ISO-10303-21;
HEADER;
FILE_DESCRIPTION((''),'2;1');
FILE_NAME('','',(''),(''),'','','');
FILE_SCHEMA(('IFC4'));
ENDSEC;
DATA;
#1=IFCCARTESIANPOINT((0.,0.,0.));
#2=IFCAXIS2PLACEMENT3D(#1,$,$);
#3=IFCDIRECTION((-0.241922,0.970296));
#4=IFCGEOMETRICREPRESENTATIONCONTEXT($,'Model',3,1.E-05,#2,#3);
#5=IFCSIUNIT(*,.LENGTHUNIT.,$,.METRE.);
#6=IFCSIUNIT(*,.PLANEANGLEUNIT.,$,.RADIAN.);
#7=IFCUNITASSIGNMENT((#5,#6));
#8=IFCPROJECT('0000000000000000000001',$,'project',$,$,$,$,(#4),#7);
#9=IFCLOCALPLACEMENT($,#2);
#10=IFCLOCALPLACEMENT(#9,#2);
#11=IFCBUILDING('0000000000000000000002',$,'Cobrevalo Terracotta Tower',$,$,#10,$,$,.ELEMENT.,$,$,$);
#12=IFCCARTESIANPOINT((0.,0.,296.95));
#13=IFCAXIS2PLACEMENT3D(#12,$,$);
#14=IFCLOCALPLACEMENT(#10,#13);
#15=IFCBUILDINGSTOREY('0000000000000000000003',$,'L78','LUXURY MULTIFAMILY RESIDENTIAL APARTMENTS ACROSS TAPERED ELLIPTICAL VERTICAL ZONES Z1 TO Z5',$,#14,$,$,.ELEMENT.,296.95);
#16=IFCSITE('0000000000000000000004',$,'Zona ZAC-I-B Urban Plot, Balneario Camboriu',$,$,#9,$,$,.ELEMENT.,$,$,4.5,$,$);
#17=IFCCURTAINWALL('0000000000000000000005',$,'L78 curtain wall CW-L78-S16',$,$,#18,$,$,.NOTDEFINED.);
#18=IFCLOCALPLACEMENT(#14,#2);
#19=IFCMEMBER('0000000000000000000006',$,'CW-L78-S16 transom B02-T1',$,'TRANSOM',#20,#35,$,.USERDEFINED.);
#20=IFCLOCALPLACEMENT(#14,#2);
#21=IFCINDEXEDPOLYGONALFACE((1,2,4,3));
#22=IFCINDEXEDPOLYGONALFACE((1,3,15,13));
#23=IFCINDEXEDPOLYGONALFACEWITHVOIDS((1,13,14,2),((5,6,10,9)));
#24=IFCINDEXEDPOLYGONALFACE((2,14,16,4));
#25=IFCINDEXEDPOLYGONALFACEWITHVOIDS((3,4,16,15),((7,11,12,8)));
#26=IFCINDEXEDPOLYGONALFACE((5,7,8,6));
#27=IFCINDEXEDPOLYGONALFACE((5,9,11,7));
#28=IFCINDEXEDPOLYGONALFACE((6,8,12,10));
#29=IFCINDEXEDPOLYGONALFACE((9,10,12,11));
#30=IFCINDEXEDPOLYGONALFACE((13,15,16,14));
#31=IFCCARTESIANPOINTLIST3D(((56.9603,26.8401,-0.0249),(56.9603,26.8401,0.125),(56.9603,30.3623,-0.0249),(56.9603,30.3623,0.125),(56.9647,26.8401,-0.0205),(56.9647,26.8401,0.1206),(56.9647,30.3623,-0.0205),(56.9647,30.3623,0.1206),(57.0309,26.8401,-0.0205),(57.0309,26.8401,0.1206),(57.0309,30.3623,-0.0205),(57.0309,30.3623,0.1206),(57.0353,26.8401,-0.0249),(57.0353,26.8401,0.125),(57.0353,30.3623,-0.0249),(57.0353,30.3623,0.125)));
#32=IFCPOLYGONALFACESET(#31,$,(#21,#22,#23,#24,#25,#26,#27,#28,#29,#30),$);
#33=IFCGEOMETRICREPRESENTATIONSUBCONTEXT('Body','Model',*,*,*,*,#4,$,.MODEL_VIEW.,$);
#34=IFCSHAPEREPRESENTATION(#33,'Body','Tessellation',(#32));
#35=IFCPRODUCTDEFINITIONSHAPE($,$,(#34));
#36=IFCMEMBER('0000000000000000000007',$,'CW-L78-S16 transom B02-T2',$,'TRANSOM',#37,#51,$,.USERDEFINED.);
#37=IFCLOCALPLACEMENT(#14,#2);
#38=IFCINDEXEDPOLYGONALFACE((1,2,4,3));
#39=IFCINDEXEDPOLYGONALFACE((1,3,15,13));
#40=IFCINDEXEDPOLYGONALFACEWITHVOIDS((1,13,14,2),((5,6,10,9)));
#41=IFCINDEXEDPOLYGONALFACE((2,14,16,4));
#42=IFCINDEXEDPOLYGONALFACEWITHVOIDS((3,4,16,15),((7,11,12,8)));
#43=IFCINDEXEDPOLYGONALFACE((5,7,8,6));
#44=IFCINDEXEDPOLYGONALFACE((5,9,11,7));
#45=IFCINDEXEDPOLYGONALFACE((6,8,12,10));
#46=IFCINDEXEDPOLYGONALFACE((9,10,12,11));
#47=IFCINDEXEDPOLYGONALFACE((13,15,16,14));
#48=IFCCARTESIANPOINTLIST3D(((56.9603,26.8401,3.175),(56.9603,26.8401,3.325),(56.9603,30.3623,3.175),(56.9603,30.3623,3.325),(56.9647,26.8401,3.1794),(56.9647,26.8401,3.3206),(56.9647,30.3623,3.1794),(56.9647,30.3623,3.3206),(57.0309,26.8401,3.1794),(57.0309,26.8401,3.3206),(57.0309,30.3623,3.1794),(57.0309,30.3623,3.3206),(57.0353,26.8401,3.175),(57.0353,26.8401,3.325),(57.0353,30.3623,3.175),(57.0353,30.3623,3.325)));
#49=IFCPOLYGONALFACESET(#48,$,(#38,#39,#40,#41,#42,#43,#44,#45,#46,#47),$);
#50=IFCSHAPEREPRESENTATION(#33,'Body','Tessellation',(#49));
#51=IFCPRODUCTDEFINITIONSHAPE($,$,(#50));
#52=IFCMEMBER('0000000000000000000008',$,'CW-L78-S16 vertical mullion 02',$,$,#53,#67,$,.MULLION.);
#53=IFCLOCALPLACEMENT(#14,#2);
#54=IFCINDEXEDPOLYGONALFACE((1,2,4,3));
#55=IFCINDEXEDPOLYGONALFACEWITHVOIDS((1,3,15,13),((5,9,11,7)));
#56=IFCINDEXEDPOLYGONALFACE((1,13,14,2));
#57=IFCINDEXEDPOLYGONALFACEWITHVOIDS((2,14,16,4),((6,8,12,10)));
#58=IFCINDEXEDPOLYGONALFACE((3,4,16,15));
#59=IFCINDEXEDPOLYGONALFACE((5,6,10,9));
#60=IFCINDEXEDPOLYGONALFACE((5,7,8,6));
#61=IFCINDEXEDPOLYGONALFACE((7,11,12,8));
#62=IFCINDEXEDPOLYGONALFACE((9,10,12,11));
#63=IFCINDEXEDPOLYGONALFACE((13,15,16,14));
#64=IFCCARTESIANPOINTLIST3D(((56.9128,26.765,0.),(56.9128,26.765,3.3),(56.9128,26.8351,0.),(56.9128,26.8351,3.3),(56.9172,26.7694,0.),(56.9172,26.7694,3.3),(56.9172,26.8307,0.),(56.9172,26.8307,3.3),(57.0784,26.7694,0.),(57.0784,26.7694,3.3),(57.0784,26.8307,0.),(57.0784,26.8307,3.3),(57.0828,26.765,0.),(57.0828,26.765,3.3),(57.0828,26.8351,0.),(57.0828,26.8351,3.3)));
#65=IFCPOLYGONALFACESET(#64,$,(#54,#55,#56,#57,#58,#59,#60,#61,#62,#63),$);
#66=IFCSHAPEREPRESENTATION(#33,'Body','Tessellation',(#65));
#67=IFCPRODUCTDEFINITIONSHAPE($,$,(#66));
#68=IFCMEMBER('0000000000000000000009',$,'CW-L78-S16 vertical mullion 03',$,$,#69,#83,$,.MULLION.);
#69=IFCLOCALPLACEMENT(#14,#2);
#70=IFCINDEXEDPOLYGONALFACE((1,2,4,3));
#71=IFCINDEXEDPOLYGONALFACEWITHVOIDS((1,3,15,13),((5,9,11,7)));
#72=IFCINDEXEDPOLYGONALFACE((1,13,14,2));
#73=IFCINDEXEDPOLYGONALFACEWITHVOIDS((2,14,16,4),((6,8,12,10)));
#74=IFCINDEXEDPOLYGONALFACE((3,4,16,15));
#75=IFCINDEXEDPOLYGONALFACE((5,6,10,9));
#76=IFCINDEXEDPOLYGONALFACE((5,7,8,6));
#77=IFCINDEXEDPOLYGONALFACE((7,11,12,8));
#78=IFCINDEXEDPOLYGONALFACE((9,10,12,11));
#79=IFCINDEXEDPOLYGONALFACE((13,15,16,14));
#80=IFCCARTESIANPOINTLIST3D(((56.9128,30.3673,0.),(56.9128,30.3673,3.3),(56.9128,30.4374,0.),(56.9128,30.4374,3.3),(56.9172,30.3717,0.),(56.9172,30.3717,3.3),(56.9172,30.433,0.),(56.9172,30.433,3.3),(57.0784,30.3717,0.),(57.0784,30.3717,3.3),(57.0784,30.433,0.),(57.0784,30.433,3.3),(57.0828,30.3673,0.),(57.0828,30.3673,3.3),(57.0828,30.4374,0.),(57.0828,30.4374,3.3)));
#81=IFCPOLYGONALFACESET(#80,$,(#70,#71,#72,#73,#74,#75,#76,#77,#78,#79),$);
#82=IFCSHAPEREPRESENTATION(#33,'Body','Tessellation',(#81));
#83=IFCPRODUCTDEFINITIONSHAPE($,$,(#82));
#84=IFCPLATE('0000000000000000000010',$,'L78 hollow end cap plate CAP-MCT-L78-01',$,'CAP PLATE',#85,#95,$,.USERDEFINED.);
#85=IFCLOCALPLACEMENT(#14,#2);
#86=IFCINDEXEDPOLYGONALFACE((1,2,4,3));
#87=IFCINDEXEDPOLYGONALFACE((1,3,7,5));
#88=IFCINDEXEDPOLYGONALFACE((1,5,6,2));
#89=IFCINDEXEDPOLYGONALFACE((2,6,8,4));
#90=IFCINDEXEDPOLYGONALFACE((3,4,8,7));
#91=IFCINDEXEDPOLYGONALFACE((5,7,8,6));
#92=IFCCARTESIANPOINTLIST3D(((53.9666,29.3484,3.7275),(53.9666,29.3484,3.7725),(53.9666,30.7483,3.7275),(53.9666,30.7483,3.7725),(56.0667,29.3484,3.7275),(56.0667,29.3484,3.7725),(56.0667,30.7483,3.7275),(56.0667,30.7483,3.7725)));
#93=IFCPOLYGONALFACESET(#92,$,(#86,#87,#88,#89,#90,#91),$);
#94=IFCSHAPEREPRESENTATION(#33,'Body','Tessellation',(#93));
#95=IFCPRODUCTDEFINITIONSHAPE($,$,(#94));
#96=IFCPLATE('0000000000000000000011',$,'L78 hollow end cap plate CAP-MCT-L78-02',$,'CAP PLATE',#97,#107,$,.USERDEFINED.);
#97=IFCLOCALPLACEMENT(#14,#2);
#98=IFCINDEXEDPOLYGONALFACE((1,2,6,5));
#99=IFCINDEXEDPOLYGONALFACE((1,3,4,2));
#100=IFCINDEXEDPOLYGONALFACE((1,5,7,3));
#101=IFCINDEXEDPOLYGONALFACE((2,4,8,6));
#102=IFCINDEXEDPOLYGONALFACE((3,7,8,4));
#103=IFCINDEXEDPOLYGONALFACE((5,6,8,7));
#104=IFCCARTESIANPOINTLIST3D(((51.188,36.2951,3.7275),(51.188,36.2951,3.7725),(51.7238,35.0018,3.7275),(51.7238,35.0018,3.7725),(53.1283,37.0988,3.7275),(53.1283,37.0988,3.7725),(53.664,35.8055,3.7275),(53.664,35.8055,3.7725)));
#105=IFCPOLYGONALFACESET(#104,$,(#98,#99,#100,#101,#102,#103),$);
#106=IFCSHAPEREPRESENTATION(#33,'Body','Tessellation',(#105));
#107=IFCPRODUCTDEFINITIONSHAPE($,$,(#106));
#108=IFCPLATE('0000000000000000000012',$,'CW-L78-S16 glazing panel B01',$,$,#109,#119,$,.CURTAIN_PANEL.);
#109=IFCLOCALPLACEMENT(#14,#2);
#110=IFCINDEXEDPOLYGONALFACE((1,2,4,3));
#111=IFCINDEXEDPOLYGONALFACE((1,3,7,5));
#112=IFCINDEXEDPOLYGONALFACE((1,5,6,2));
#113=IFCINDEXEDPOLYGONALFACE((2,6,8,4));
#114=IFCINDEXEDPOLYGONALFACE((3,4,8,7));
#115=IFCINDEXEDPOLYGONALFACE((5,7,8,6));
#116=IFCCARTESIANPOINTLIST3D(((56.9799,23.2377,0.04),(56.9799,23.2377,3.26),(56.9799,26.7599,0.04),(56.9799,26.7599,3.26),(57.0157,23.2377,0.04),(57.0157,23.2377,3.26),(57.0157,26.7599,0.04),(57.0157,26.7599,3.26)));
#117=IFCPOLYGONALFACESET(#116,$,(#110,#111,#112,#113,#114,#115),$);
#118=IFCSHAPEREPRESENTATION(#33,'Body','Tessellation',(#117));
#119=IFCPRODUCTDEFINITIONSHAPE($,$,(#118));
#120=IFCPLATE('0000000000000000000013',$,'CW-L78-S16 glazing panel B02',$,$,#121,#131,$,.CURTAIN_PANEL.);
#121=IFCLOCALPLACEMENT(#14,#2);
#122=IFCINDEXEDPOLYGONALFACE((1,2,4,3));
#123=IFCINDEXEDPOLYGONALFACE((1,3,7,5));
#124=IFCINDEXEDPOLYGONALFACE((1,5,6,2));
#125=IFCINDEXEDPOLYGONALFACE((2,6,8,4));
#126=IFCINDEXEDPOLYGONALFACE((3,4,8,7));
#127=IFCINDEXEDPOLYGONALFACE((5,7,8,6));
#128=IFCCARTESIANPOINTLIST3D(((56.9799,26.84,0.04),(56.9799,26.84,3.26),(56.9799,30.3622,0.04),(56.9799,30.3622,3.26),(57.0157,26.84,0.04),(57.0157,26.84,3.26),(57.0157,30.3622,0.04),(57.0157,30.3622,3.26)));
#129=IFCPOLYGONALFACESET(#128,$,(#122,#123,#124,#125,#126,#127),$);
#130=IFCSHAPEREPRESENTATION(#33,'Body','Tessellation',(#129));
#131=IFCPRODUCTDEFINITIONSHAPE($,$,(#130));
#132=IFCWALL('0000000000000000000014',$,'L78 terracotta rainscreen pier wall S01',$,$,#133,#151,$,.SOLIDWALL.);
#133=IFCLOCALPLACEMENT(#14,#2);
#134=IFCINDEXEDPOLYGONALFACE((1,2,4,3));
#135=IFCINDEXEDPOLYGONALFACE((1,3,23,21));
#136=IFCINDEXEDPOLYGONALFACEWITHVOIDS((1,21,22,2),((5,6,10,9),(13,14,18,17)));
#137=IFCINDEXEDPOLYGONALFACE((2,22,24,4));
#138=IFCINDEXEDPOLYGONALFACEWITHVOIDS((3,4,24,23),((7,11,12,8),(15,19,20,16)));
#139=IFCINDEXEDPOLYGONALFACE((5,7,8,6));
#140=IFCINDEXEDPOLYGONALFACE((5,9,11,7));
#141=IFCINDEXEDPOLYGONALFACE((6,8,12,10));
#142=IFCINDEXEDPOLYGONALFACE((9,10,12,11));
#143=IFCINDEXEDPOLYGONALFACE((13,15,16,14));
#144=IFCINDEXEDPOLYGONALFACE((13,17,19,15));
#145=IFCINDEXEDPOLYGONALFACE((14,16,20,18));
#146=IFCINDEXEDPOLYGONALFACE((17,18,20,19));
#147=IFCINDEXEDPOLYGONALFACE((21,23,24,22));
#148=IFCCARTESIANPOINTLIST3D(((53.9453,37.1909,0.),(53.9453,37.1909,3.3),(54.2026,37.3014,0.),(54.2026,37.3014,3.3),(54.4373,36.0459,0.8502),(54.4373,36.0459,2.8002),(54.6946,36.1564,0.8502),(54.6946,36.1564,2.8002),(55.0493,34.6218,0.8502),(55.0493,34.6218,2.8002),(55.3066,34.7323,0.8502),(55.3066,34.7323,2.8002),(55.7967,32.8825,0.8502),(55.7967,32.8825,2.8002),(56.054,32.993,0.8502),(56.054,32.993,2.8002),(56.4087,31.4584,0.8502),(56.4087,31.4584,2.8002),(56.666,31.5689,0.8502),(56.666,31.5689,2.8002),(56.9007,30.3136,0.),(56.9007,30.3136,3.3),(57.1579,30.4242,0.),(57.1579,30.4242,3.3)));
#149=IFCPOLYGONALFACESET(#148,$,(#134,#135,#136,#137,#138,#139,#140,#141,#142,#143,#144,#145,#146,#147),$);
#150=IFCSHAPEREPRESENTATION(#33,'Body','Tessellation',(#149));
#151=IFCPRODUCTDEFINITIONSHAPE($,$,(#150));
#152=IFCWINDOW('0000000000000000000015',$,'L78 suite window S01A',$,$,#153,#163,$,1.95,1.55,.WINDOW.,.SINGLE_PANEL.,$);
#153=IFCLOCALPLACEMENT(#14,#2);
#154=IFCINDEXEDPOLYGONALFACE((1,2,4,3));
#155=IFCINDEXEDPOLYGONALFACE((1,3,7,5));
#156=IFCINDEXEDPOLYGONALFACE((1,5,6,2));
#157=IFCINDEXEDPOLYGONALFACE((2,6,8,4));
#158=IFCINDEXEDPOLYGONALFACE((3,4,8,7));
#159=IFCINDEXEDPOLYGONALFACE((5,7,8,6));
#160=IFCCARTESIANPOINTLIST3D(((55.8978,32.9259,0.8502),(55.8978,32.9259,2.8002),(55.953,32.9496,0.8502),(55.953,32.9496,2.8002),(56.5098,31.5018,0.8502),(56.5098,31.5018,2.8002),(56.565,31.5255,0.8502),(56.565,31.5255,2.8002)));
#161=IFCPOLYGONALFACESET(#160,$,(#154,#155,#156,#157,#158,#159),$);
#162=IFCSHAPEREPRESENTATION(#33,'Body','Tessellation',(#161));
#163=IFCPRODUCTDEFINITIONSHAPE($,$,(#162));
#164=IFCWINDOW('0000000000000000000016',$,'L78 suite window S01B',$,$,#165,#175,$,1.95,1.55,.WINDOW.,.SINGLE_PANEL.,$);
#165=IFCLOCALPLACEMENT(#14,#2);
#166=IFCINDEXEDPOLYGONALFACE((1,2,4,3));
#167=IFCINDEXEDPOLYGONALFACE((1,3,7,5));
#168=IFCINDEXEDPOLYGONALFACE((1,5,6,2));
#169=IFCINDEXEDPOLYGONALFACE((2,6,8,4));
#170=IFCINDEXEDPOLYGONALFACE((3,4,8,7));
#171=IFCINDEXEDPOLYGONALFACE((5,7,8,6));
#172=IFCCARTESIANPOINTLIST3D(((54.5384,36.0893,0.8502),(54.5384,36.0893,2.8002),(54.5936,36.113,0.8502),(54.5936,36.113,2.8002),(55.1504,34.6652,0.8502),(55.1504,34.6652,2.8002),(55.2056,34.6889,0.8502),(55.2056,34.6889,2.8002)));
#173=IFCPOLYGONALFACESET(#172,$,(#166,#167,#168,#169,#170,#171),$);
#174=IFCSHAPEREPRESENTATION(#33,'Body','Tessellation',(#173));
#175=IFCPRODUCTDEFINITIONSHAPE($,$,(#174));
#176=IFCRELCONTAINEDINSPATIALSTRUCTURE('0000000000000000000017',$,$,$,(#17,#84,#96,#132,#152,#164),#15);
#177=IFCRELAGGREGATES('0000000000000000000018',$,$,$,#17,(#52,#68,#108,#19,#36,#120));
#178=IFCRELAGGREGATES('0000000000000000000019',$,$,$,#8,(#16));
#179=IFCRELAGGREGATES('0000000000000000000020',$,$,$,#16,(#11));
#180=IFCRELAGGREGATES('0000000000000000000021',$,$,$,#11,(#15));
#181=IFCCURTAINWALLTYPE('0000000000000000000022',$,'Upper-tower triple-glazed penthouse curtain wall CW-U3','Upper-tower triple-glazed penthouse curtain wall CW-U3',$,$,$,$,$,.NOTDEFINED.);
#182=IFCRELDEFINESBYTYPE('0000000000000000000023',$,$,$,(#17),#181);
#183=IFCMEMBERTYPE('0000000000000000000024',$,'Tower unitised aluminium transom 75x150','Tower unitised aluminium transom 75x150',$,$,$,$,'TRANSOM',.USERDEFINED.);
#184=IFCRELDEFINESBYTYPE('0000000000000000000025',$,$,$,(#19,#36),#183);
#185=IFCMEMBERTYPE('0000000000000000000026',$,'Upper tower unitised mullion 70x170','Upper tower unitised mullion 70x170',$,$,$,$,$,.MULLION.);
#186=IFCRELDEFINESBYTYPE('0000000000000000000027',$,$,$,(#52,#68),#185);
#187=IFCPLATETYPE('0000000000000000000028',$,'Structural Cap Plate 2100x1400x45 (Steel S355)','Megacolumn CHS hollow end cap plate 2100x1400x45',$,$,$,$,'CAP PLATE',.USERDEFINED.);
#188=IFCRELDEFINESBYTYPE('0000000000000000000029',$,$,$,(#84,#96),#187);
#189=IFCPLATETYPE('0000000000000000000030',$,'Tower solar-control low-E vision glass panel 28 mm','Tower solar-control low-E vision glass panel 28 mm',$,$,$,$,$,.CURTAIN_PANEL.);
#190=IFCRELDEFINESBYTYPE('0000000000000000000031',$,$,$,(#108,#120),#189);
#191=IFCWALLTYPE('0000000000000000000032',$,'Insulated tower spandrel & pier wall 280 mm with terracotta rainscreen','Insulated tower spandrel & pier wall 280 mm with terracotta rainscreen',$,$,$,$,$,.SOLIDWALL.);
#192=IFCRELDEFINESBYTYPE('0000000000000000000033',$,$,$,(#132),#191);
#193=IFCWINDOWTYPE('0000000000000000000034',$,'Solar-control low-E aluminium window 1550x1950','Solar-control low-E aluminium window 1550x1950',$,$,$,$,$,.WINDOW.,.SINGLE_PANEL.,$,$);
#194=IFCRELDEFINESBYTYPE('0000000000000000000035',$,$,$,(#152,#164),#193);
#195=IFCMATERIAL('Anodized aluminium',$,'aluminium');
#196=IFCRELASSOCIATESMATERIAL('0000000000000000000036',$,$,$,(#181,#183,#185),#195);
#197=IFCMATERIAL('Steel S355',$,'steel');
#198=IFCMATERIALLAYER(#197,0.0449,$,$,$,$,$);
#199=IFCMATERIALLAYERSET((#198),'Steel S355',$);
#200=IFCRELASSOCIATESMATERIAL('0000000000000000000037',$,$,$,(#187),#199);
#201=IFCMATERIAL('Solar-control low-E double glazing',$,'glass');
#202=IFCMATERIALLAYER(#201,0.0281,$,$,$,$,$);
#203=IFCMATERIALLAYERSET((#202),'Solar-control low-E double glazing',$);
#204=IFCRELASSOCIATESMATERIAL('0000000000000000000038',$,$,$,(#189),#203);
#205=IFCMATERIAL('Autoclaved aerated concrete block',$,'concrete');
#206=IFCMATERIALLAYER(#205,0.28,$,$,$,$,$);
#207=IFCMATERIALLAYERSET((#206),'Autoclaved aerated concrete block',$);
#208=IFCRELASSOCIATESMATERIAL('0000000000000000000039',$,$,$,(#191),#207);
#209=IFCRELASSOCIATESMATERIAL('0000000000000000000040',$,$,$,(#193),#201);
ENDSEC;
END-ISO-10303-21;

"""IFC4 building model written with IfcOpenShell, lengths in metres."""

from ifc_helpers import new_model, si_unit, direction, frame, frame_2d, origin, origin_2d, place, context, subcontext, project, spatial, rectangle, hollow_rectangle, extrude, source, transform, mapped, material, layer, layer_set, material_profile, profile_set, type_object, element, fill, aggregate, save


model = new_model("IFC4")

# Units and contexts
model_context = context("Model", 3, precision=1e-05, world=origin(), true_north=direction((-0.241922, 0.970296)))
body_context = subcontext(model_context, "Body", "Model", "MODEL_VIEW")
ifc_project = project(units=[si_unit("LENGTHUNIT", "METRE"), si_unit("PLANEANGLEUNIT", "RADIAN")], contexts=[model_context])

# Site, building, storey
site_placement = place(None, origin())
site = spatial("IfcSite", under=ifc_project, at=site_placement, Name="Zona ZAC-I-B Urban Plot, Balneario Camboriu", CompositionType="ELEMENT", RefElevation=4.5)
building_placement = place(site_placement, origin())
building = spatial("IfcBuilding", under=site, at=building_placement, Name="Cobrevalo Terracotta Tower", CompositionType="ELEMENT")
storey_placement = place(building_placement, frame((0.0, 0.0, 296.95)))
storey = spatial("IfcBuildingStorey", under=building, at=storey_placement, Name="L78", Description="LUXURY MULTIFAMILY RESIDENTIAL APARTMENTS ACROSS TAPERED ELLIPTICAL VERTICAL ZONES Z1 TO Z5", CompositionType="ELEMENT", Elevation=296.95)

# Shared definitions
ifc_material_1 = material(Name="Steel S355", Category="steel")

# Curtain wall, members
ifc_material_2 = material(Name="Anodized aluminium", Category="aluminium")
curtain_wall_type = type_object("IfcCurtainWallType", Name="Upper-tower triple-glazed penthouse curtain wall CW-U3", Description="Upper-tower triple-glazed penthouse curtain wall CW-U3", PredefinedType="NOTDEFINED", material=ifc_material_2)
curtain_wall_placement = place(storey_placement, origin())
curtain_wall = element("IfcCurtainWall", 1, at=curtain_wall_placement, inside=storey, type_object=curtain_wall_type, Name="L78 curtain wall CW-L78-S16", PredefinedType="NOTDEFINED")
ifc_material_profile_1 = material_profile(ifc_material_2, hollow_rectangle(XDim=0.075, YDim=0.1499, WallThickness=0.0044, at=origin_2d()), Name="CWT 75x150")
ifc_profile_set_1 = profile_set([ifc_material_profile_1], Name="Anodized aluminium")
member_type_1 = type_object("IfcMemberType", Name="Tower unitised aluminium transom 75x150", Description="Tower unitised aluminium transom 75x150", ElementType="TRANSOM", PredefinedType="USERDEFINED", material=ifc_profile_set_1)
shared_shape_1 = source(origin(), body_context, "Body", "SweptSolid", [
    extrude(hollow_rectangle(XDim=0.075, YDim=0.1499, WallThickness=0.0044, at=origin_2d()), origin(), (0.0, 0.0, 1.0), 3.5222),
])
member_1_placement = place(storey_placement, frame((56.9978, 26.8401, 0.05), z_axis=(0.0, 1.0, 0.0), x_axis=(-1.0, 0.0, 0.0)))
member_1 = element("IfcMember", 2, at=member_1_placement, type_object=member_type_1, Name="CW-L78-S16 transom B02-T1", ObjectType="TRANSOM", PredefinedType="USERDEFINED", context=body_context, shape_type="MappedRepresentation", body=[
    mapped(shared_shape_1, transform((0.0, 0.0, 0.0), scale=1.0)),
])
member_2_placement = place(storey_placement, frame((56.9978, 26.8401, 3.25), z_axis=(0.0, 1.0, 0.0), x_axis=(-1.0, 0.0, 0.0)))
member_2 = element("IfcMember", 3, at=member_2_placement, type_object=member_type_1, Name="CW-L78-S16 transom B02-T2", ObjectType="TRANSOM", PredefinedType="USERDEFINED", context=body_context, shape_type="MappedRepresentation", body=[
    mapped(shared_shape_1, transform((0.0, 0.0, 0.0), scale=1.0)),
])
ifc_material_profile_2 = material_profile(ifc_material_2, hollow_rectangle(XDim=0.0701, YDim=0.1699, WallThickness=0.0044, at=origin_2d()), Name="CWM 70x170")
ifc_profile_set_2 = profile_set([ifc_material_profile_2], Name="Anodized aluminium")
member_type_2 = type_object("IfcMemberType", Name="Upper tower unitised mullion 70x170", Description="Upper tower unitised mullion 70x170", PredefinedType="MULLION", material=ifc_profile_set_2)
shared_shape_2 = source(origin(), body_context, "Body", "SweptSolid", [
    extrude(hollow_rectangle(XDim=0.0701, YDim=0.1699, WallThickness=0.0044, at=origin_2d()), origin(), (0.0, 0.0, 1.0), 3.3),
])
member_3_placement = place(storey_placement, frame((56.9978, 26.8, 0.0), z_axis=(0.0, 0.0, 1.0), x_axis=(0.0, 1.0, 0.0)))
member_3 = element("IfcMember", 4, at=member_3_placement, type_object=member_type_2, Name="CW-L78-S16 vertical mullion 02", PredefinedType="MULLION", context=body_context, shape_type="MappedRepresentation", body=[
    mapped(shared_shape_2, transform((0.0, 0.0, 0.0), scale=1.0)),
])
member_4_placement = place(storey_placement, frame((56.9978, 30.4023, 0.0), z_axis=(0.0, 0.0, 1.0), x_axis=(0.0, 1.0, 0.0)))
member_4 = element("IfcMember", 5, at=member_4_placement, type_object=member_type_2, Name="CW-L78-S16 vertical mullion 03", PredefinedType="MULLION", context=body_context, shape_type="MappedRepresentation", body=[
    mapped(shared_shape_2, transform((0.0, 0.0, 0.0), scale=1.0)),
])

# Plates
ifc_layer_1 = layer(ifc_material_1, 0.0449)
ifc_layer_set_1 = layer_set([ifc_layer_1], Name="Steel S355")
plate_type_1 = type_object("IfcPlateType", Name="Structural Cap Plate 2100x1400x45 (Steel S355)", Description="Megacolumn CHS hollow end cap plate 2100x1400x45", ElementType="CAP PLATE", PredefinedType="USERDEFINED", material=ifc_layer_set_1)
shared_shape_3 = source(origin(), body_context, "Body", "SweptSolid", [
    extrude(rectangle(XDim=2.1001, YDim=1.3999, at=origin_2d()), origin(), (0.0, 0.0, 1.0), 0.0449),
])
for number, where, z_axis, x_axis, name in (
    (6, (55.0166, 30.0483, 3.7275), (0.0, 0.0, 1.0), (1.0, 0.0, 0.0), "L78 hollow end cap plate CAP-MCT-L78-01"),
    (7, (52.426, 36.0503, 3.7275), (0.0, 0.0, 1.0), (0.92388, 0.382683, 0.0), "L78 hollow end cap plate CAP-MCT-L78-02"),
):
    element("IfcPlate", number, at=place(storey_placement, frame(where, z_axis=z_axis, x_axis=x_axis)), inside=storey, type_object=plate_type_1, Name=name, ObjectType="CAP PLATE", PredefinedType="USERDEFINED", context=body_context, shape_type="MappedRepresentation", body=[
        mapped(shared_shape_3, transform((0.0, 0.0, 0.0), scale=1.0)),
    ])

# Plates
ifc_material_3 = material(Name="Solar-control low-E double glazing", Category="glass")
ifc_layer_2 = layer(ifc_material_3, 0.0281)
ifc_layer_set_2 = layer_set([ifc_layer_2], Name="Solar-control low-E double glazing")
plate_type_2 = type_object("IfcPlateType", Name="Tower solar-control low-E vision glass panel 28 mm", Description="Tower solar-control low-E vision glass panel 28 mm", PredefinedType="CURTAIN_PANEL", material=ifc_layer_set_2)
shared_shape_4 = source(origin(), body_context, "Body", "SweptSolid", [
    extrude(rectangle(XDim=3.5222, YDim=0.0359, at=origin_2d()), origin(), (0.0, 0.0, 1.0), 3.22),
])
plate_1_placement = place(storey_placement, frame((56.9978, 24.9988, 0.04), z_axis=(0.0, 0.0, 1.0), x_axis=(0.0, 1.0, 0.0)))
plate_1 = element("IfcPlate", 8, at=plate_1_placement, type_object=plate_type_2, Name="CW-L78-S16 glazing panel B01", PredefinedType="CURTAIN_PANEL", context=body_context, shape_type="MappedRepresentation", body=[
    mapped(shared_shape_4, transform((0.0, 0.0, 0.0), scale=1.0)),
])
plate_2_placement = place(storey_placement, frame((56.9978, 28.6011, 0.04), z_axis=(0.0, 0.0, 1.0), x_axis=(0.0, 1.0, 0.0)))
plate_2 = element("IfcPlate", 9, at=plate_2_placement, type_object=plate_type_2, Name="CW-L78-S16 glazing panel B02", PredefinedType="CURTAIN_PANEL", context=body_context, shape_type="MappedRepresentation", body=[
    mapped(shared_shape_4, transform((0.0, 0.0, 0.0), scale=1.0)),
])
aggregate(curtain_wall, [member_3, member_4, plate_1, member_1, member_2, plate_2])

# Wall, openings, windows
ifc_material_4 = material(Name="Autoclaved aerated concrete block", Category="concrete")
ifc_layer_3 = layer(ifc_material_4, 0.28)
ifc_layer_set_3 = layer_set([ifc_layer_3], Name="Autoclaved aerated concrete block")
wall_type_1 = type_object("IfcWallType", Name="Insulated tower spandrel & pier wall 280 mm with terracotta rainscreen", Description="Insulated tower spandrel & pier wall 280 mm with terracotta rainscreen", PredefinedType="SOLIDWALL", material=ifc_layer_set_3)
wall_1_placement = place(storey_placement, frame((57.0293, 30.3689, 0.0), z_axis=(0.0, 0.0, 1.0), x_axis=(-0.394817, 0.91876, 0.0)))
wall_1 = element("IfcWall", 10, at=wall_1_placement, inside=storey, type_object=wall_type_1, Name="L78 terracotta rainscreen pier wall S01", PredefinedType="SOLIDWALL", context=body_context, shape_type="SweptSolid", body=[
    extrude(rectangle(XDim=7.4854, YDim=0.28, at=frame_2d((3.7427, 0.0))), origin(), (0.0, 0.0, 1.0), 3.3),
])
opening_1_placement = place(wall_1_placement, frame((1.2461, 0.0, 0.8501)))
opening_1 = element("IfcOpeningElement", 11, at=opening_1_placement, cuts=wall_1, PredefinedType="OPENING", context=body_context, shape_type="SweptSolid", body=[
    extrude(rectangle(XDim=1.55, YDim=1.95, at=frame_2d((0.7749, 0.9751))), frame((0.0, 0.1499, 0.0), z_axis=(0.0, -1.0, 0.0), x_axis=(1.0, 0.0, 0.0)), (0.0, 0.0, 1.0), 0.3),
])
opening_2_placement = place(wall_1_placement, frame((4.6892, 0.0, 0.8501)))
opening_2 = element("IfcOpeningElement", 12, at=opening_2_placement, cuts=wall_1, PredefinedType="OPENING", context=body_context, shape_type="SweptSolid", body=[
    extrude(rectangle(XDim=1.55, YDim=1.95, at=frame_2d((0.7749, 0.9751))), frame((0.0, 0.1499, 0.0), z_axis=(0.0, -1.0, 0.0), x_axis=(1.0, 0.0, 0.0)), (0.0, 0.0, 1.0), 0.3),
])
window_type = type_object("IfcWindowType", Name="Solar-control low-E aluminium window 1550x1950", Description="Solar-control low-E aluminium window 1550x1950", PartitioningType="SINGLE_PANEL", PredefinedType="WINDOW", material=ifc_material_3)
shared_shape_5 = source(origin(), body_context, "Body", "SweptSolid", [
    extrude(rectangle(XDim=1.55, YDim=1.95, at=frame_2d((0.7749, 0.9751))), frame((0.0, 0.03, 0.0), z_axis=(0.0, -1.0, 0.0), x_axis=(1.0, 0.0, 0.0)), (0.0, 0.0, 1.0), 0.0601),
])
window_1_placement = place(opening_1_placement, origin())
window_1 = element("IfcWindow", 13, at=window_1_placement, inside=storey, type_object=window_type, Name="L78 suite window S01A", OverallHeight=1.95, OverallWidth=1.55, PartitioningType="SINGLE_PANEL", PredefinedType="WINDOW", context=body_context, shape_type="MappedRepresentation", body=[
    mapped(shared_shape_5, transform((0.0, 0.0, 0.0), scale=1.0)),
])
fill(opening_1, window_1)
window_2_placement = place(opening_2_placement, origin())
window_2 = element("IfcWindow", 14, at=window_2_placement, inside=storey, type_object=window_type, Name="L78 suite window S01B", OverallHeight=1.95, OverallWidth=1.55, PartitioningType="SINGLE_PANEL", PredefinedType="WINDOW", context=body_context, shape_type="MappedRepresentation", body=[
    mapped(shared_shape_5, transform((0.0, 0.0, 0.0), scale=1.0)),
])
fill(opening_2, window_2)

save(model, "model.ifc")
